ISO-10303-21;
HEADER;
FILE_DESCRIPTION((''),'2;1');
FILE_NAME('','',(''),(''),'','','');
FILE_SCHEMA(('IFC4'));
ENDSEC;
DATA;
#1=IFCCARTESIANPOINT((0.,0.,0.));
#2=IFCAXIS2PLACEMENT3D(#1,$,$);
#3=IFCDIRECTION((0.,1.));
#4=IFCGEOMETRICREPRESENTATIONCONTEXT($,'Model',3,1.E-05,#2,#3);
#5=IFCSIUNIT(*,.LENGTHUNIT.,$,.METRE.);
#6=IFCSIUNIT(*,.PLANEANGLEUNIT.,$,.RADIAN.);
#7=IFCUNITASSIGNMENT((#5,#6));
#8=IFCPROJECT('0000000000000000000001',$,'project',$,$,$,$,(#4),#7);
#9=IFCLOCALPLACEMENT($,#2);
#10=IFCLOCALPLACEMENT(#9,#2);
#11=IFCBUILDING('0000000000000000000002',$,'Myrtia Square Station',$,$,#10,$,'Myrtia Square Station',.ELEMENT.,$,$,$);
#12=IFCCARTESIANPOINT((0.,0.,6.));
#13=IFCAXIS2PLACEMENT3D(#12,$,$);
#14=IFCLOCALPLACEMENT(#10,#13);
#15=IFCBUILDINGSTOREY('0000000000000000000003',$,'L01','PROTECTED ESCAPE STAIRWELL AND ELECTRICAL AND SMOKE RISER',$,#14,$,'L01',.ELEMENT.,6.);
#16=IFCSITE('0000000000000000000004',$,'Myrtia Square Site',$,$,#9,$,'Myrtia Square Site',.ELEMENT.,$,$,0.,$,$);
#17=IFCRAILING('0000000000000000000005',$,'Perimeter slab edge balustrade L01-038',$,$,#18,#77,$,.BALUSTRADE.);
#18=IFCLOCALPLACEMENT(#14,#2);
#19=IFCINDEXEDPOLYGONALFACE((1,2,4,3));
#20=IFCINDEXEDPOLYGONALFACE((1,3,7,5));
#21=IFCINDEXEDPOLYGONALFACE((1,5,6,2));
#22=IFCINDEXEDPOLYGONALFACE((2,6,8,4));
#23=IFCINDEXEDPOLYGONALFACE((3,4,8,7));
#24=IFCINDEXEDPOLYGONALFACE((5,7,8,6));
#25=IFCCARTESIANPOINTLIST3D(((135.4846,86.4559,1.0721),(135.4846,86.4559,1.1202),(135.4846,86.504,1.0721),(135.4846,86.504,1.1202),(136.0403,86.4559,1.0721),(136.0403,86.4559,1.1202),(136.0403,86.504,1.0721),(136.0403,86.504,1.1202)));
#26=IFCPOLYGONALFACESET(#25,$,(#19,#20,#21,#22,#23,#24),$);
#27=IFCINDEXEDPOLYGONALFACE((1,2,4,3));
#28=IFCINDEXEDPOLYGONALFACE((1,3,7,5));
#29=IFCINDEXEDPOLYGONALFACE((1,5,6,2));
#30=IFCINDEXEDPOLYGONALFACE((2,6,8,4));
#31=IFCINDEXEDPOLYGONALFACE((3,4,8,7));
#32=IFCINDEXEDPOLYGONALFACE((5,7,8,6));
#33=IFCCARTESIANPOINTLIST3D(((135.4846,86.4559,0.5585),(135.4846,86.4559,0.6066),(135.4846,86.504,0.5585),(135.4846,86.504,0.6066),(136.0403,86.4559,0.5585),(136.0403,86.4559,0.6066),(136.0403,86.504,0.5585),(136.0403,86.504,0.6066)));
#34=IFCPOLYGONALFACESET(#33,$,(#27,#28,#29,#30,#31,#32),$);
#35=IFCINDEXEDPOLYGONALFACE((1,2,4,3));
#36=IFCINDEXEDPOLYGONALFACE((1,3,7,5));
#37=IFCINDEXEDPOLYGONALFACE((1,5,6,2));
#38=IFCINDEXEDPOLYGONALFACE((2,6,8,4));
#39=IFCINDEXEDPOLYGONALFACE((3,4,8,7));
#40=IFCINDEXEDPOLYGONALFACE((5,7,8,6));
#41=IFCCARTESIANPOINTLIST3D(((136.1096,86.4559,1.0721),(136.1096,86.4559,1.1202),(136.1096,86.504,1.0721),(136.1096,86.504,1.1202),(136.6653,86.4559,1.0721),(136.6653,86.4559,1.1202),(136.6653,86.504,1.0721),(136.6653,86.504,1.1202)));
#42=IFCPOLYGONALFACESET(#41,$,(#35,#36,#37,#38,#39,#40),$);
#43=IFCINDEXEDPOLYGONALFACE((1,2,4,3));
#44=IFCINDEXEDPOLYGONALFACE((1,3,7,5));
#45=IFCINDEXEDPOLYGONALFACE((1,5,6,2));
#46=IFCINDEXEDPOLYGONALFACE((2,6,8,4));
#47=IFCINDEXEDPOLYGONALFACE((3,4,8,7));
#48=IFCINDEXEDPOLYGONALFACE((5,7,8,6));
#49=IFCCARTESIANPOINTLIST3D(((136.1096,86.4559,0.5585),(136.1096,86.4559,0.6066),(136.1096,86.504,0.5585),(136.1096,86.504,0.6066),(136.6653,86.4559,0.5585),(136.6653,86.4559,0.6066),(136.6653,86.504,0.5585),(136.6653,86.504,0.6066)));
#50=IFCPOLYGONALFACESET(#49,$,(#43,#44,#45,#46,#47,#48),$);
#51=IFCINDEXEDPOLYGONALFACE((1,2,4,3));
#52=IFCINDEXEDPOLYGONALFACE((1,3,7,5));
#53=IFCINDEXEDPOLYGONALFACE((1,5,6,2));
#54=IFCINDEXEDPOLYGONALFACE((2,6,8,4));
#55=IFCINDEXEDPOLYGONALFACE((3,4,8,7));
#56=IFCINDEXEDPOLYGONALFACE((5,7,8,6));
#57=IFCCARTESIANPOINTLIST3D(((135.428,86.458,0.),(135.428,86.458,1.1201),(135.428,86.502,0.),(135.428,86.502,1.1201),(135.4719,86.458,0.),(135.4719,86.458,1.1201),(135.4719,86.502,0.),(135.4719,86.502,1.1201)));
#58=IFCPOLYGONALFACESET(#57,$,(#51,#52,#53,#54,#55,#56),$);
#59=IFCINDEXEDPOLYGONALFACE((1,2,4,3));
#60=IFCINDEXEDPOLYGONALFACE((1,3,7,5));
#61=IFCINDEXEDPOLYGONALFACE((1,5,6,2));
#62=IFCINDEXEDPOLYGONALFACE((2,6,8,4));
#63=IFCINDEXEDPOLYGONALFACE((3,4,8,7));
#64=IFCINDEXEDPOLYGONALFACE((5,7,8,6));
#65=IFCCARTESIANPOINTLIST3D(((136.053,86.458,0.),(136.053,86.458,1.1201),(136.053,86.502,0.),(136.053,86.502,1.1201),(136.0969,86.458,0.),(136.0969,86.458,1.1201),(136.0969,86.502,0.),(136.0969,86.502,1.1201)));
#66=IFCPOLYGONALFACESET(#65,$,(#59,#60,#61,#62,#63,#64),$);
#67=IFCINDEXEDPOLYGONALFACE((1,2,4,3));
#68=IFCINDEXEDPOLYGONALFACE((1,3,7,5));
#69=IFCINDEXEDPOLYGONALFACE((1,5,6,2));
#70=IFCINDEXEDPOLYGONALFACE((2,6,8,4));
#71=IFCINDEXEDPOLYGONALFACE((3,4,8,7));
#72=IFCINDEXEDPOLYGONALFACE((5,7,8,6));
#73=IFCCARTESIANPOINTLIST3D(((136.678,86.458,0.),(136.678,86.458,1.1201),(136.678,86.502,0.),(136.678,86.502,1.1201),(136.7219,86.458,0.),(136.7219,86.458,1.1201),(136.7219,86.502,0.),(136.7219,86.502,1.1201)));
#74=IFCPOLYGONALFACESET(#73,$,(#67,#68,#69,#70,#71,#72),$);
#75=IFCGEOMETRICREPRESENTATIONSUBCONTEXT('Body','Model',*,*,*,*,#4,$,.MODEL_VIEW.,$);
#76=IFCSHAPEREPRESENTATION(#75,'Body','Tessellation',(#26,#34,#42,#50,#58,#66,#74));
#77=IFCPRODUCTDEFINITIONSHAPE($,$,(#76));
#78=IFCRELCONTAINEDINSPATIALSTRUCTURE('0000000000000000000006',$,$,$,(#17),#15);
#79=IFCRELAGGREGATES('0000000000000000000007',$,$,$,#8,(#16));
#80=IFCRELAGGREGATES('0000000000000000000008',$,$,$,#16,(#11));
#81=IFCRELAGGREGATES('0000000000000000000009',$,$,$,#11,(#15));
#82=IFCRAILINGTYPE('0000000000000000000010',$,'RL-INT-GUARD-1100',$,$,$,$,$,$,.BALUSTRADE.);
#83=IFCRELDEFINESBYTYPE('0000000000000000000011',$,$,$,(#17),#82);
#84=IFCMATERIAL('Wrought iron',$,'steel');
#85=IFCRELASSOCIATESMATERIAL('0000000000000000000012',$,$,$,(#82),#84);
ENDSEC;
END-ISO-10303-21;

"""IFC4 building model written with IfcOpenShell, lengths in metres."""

from ifc_helpers import new_model, si_unit, direction, frame, origin, origin_2d, place, context, subcontext, project, spatial, rectangle, extrude, material, type_object, element, save


model = new_model("IFC4")

# Units and contexts
model_context = context("Model", 3, precision=1e-05, world=origin(), true_north=direction((0.0, 1.0)))
body_context = subcontext(model_context, "Body", "Model", "MODEL_VIEW")
ifc_project = project(units=[si_unit("LENGTHUNIT", "METRE"), si_unit("PLANEANGLEUNIT", "RADIAN")], contexts=[model_context])

# Site, building, storey
site_placement = place(None, origin())
site = spatial("IfcSite", under=ifc_project, at=site_placement, Name="Myrtia Square Site", LongName="Myrtia Square Site", CompositionType="ELEMENT", RefElevation=0.0)
building_placement = place(site_placement, origin())
building = spatial("IfcBuilding", under=site, at=building_placement, Name="Myrtia Square Station", LongName="Myrtia Square Station", CompositionType="ELEMENT")
storey_placement = place(building_placement, frame((0.0, 0.0, 6.0)))
storey = spatial("IfcBuildingStorey", under=building, at=storey_placement, Name="L01", Description="PROTECTED ESCAPE STAIRWELL AND ELECTRICAL AND SMOKE RISER", LongName="L01", CompositionType="ELEMENT", Elevation=6.0)

# Railing
ifc_material_1 = material(Name="Wrought iron", Category="steel")
railing_type = type_object("IfcRailingType", Name="RL-INT-GUARD-1100", PredefinedType="BALUSTRADE", material=ifc_material_1)
railing_placement = place(storey_placement, frame((135.45, 86.48, 0.0)))
element("IfcRailing", 1, at=railing_placement, inside=storey, type_object=railing_type, Name="Perimeter slab edge balustrade L01-038", PredefinedType="BALUSTRADE", context=body_context, shape_type="SweptSolid", body=[
    extrude(rectangle(XDim=0.0481, YDim=0.0481, at=origin_2d()), frame((0.0347, 0.0, 1.0962), z_axis=(1.0, 0.0, 0.0), x_axis=(0.0, 1.0, 0.0)), (0.0, 0.0, 1.0), 0.5557),
    extrude(rectangle(XDim=0.0481, YDim=0.0481, at=origin_2d()), frame((0.0347, 0.0, 0.5825), z_axis=(1.0, 0.0, 0.0), x_axis=(0.0, 1.0, 0.0)), (0.0, 0.0, 1.0), 0.5557),
    extrude(rectangle(XDim=0.0481, YDim=0.0481, at=origin_2d()), frame((0.6597, 0.0, 1.0962), z_axis=(1.0, 0.0, 0.0), x_axis=(0.0, 1.0, 0.0)), (0.0, 0.0, 1.0), 0.5557),
    extrude(rectangle(XDim=0.0481, YDim=0.0481, at=origin_2d()), frame((0.6597, 0.0, 0.5825), z_axis=(1.0, 0.0, 0.0), x_axis=(0.0, 1.0, 0.0)), (0.0, 0.0, 1.0), 0.5557),
    extrude(rectangle(XDim=0.0439, YDim=0.0439, at=origin_2d()), origin(), (0.0, 0.0, 1.0), 1.1201),
    extrude(rectangle(XDim=0.0439, YDim=0.0439, at=origin_2d()), frame((0.625, 0.0, 0.0)), (0.0, 0.0, 1.0), 1.1201),
    extrude(rectangle(XDim=0.0439, YDim=0.0439, at=origin_2d()), frame((1.25, 0.0, 0.0)), (0.0, 0.0, 1.0), 1.1201),
])

save(model, "model.ifc")
